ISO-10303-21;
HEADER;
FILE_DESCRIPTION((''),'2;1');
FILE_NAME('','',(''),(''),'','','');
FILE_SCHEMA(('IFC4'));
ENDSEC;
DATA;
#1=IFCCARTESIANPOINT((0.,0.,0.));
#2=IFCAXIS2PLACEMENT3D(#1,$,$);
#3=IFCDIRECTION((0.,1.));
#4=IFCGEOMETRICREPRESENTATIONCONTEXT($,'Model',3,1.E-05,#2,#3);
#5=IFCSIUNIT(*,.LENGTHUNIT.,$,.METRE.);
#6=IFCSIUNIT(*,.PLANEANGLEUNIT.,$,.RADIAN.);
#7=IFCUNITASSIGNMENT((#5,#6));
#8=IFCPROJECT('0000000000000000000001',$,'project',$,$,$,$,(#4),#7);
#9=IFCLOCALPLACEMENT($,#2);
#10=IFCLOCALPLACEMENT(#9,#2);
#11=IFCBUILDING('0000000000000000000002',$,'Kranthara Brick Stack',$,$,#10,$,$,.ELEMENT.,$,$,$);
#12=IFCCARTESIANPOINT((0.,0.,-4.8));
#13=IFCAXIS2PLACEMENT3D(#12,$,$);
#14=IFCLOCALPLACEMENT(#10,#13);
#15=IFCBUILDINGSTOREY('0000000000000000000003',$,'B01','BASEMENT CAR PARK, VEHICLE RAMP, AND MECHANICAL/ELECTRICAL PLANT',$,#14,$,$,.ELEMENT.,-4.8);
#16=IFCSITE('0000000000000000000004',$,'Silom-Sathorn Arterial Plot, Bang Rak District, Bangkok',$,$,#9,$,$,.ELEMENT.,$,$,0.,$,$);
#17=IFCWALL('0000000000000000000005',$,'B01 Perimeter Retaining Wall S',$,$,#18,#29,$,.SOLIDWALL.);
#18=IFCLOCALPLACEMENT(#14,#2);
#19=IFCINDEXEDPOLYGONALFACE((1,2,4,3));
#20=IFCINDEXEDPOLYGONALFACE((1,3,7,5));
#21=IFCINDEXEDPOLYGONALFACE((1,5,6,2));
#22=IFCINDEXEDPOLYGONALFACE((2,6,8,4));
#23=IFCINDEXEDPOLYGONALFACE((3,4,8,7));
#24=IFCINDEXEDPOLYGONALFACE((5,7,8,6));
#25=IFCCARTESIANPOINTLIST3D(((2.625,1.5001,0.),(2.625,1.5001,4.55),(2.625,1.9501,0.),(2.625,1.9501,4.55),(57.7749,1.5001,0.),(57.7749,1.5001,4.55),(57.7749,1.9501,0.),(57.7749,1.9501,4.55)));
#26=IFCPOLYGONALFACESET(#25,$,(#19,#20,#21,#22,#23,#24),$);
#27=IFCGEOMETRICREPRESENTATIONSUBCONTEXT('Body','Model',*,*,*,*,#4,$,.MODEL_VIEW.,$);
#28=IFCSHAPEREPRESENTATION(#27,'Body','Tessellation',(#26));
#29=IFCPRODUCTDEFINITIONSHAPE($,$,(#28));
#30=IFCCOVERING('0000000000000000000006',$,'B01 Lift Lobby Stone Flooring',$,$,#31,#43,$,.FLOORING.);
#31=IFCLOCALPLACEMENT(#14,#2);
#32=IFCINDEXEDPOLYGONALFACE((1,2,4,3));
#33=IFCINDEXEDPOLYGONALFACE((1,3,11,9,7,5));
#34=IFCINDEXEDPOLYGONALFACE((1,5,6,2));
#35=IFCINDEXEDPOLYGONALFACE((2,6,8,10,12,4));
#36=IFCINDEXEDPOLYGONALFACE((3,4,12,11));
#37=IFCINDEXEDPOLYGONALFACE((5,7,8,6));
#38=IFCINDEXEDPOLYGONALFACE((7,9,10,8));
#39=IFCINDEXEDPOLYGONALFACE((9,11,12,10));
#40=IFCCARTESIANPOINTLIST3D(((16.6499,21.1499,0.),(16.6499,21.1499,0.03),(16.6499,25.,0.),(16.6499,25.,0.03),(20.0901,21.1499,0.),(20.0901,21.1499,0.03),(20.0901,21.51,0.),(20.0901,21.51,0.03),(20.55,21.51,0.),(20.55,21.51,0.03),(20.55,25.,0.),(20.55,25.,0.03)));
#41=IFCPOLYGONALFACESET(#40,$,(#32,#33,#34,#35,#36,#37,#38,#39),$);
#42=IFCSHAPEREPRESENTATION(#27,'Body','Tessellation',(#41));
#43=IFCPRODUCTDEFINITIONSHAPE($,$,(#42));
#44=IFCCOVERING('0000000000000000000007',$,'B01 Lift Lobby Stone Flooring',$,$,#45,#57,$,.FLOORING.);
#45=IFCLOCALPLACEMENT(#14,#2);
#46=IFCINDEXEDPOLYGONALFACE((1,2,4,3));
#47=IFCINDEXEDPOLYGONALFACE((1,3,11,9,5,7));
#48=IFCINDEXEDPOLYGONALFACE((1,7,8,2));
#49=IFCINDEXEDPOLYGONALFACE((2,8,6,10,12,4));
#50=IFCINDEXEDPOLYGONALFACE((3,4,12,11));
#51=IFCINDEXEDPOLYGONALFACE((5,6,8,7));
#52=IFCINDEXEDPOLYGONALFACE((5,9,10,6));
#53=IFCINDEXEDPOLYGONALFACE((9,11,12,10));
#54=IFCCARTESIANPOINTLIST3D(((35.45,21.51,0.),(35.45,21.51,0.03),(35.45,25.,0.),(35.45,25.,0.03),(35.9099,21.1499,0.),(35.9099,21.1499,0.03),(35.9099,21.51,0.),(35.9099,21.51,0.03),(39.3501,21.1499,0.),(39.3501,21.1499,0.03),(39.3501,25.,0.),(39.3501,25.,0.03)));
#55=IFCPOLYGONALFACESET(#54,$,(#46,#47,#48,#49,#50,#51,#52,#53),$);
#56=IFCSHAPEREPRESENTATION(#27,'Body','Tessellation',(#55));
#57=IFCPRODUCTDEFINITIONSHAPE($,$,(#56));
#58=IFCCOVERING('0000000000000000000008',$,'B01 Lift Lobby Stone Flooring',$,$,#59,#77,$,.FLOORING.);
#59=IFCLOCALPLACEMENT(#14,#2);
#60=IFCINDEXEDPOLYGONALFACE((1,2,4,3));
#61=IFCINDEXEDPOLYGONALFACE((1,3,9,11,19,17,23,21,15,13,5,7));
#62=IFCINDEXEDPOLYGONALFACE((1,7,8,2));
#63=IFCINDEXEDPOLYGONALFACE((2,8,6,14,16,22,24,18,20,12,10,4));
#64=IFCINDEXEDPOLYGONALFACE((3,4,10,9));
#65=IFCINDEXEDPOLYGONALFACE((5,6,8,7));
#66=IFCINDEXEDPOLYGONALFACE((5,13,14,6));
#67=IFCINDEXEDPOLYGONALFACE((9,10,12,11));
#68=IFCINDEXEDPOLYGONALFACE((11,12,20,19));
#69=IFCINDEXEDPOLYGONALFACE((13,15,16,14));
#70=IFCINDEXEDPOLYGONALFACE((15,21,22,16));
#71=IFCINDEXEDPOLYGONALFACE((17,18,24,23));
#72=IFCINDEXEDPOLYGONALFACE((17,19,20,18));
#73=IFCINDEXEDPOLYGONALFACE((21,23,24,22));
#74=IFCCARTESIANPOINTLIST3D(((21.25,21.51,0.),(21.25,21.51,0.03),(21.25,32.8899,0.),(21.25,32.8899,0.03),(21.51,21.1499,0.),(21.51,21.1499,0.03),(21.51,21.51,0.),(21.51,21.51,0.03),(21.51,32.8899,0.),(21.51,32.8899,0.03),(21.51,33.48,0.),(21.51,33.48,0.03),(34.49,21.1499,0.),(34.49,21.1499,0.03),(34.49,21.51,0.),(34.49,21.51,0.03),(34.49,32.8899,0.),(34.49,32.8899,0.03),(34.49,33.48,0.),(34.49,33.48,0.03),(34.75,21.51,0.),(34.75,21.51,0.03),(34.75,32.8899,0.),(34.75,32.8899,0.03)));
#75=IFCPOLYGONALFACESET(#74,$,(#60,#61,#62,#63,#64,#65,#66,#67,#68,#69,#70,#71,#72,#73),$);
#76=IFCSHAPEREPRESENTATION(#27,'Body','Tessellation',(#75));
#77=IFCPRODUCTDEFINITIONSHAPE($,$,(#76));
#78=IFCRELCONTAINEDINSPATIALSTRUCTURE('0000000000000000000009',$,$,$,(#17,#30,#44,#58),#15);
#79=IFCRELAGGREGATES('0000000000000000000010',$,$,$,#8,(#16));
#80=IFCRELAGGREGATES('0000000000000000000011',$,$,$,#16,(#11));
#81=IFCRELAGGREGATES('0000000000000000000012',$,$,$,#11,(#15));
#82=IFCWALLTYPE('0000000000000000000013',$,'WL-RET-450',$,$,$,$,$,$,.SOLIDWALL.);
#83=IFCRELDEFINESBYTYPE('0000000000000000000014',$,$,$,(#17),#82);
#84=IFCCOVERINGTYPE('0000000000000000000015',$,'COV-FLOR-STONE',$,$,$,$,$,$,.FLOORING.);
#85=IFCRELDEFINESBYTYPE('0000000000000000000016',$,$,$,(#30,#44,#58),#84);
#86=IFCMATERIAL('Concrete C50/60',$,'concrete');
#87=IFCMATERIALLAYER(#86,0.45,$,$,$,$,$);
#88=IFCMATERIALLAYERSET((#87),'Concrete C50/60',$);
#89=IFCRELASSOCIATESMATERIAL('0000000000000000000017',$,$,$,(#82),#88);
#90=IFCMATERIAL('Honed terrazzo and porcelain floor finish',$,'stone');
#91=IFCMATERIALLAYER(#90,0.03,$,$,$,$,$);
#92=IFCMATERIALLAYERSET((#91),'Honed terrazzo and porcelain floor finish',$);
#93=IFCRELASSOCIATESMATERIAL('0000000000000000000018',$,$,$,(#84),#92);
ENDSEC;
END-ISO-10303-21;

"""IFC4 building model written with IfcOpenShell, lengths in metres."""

from ifc_helpers import new_model, si_unit, direction, frame, frame_2d, origin, place, context, subcontext, project, spatial, polyline, rectangle, outline, extrude, material, layer, layer_set, type_object, element, save


model = new_model("IFC4")

# Units and contexts
model_context = context("Model", 3, precision=1e-05, world=origin(), true_north=direction((0.0, 1.0)))
body_context = subcontext(model_context, "Body", "Model", "MODEL_VIEW")
ifc_project = project(units=[si_unit("LENGTHUNIT", "METRE"), si_unit("PLANEANGLEUNIT", "RADIAN")], contexts=[model_context])

# Site, building, storey
site_placement = place(None, origin())
site = spatial("IfcSite", under=ifc_project, at=site_placement, Name="Silom-Sathorn Arterial Plot, Bang Rak District, Bangkok", CompositionType="ELEMENT", RefElevation=0.0)
building_placement = place(site_placement, origin())
building = spatial("IfcBuilding", under=site, at=building_placement, Name="Kranthara Brick Stack", CompositionType="ELEMENT")
storey_placement = place(building_placement, frame((0.0, 0.0, -4.8)))
storey = spatial("IfcBuildingStorey", under=building, at=storey_placement, Name="B01", Description="BASEMENT CAR PARK, VEHICLE RAMP, AND MECHANICAL/ELECTRICAL PLANT", CompositionType="ELEMENT", Elevation=-4.8)

# Wall
ifc_material_1 = material(Name="Concrete C50/60", Category="concrete")
ifc_layer_1 = layer(ifc_material_1, 0.45)
ifc_layer_set_1 = layer_set([ifc_layer_1], Name="Concrete C50/60")
wall_type_1 = type_object("IfcWallType", Name="WL-RET-450", PredefinedType="SOLIDWALL", material=ifc_layer_set_1)
wall_1_placement = place(storey_placement, frame((2.625, 1.7251, 0.0), z_axis=(0.0, 0.0, 1.0), x_axis=(1.0, 0.0, 0.0)))
element("IfcWall", 1, at=wall_1_placement, inside=storey, type_object=wall_type_1, Name="B01 Perimeter Retaining Wall S", PredefinedType="SOLIDWALL", context=body_context, shape_type="SweptSolid", body=[
    extrude(rectangle(XDim=55.1499, YDim=0.45, at=frame_2d((27.575, 0.0))), origin(), (0.0, 0.0, 1.0), 4.55),
])

# Coverings
ifc_material_2 = material(Name="Honed terrazzo and porcelain floor finish", Category="stone")
ifc_layer_2 = layer(ifc_material_2, 0.03)
ifc_layer_set_2 = layer_set([ifc_layer_2], Name="Honed terrazzo and porcelain floor finish")
covering_type = type_object("IfcCoveringType", Name="COV-FLOR-STONE", PredefinedType="FLOORING", material=ifc_layer_set_2)
covering_1_placement = place(storey_placement, origin())
element("IfcCovering", 2, at=covering_1_placement, inside=storey, type_object=covering_type, Name="B01 Lift Lobby Stone Flooring", PredefinedType="FLOORING", context=body_context, shape_type="SweptSolid", body=[
    extrude(outline(polyline([(16.6499, 21.1499), (16.6499, 25.0), (20.55, 25.0), (20.55, 21.51), (20.0901, 21.51), (20.0901, 21.1499), (16.6499, 21.1499)])), origin(), (0.0, 0.0, 1.0), 0.03),
])
covering_2_placement = place(storey_placement, origin())
element("IfcCovering", 3, at=covering_2_placement, inside=storey, type_object=covering_type, Name="B01 Lift Lobby Stone Flooring", PredefinedType="FLOORING", context=body_context, shape_type="SweptSolid", body=[
    extrude(outline(polyline([(35.45, 25.0), (39.3501, 25.0), (39.3501, 21.1499), (35.9099, 21.1499), (35.9099, 21.51), (35.45, 21.51), (35.45, 25.0)])), origin(), (0.0, 0.0, 1.0), 0.03),
])
covering_3_placement = place(storey_placement, origin())
element("IfcCovering", 4, at=covering_3_placement, inside=storey, type_object=covering_type, Name="B01 Lift Lobby Stone Flooring", PredefinedType="FLOORING", context=body_context, shape_type="SweptSolid", body=[
    extrude(outline(polyline([(34.49, 21.51), (34.49, 21.1499), (21.51, 21.1499), (21.51, 21.51), (21.25, 21.51), (21.25, 32.8899), (21.51, 32.8899), (21.51, 33.48), (34.49, 33.48), (34.49, 32.8899), (34.75, 32.8899), (34.75, 21.51), (34.49, 21.51)])), origin(), (0.0, 0.0, 1.0), 0.03),
])

save(model, "model.ifc")
